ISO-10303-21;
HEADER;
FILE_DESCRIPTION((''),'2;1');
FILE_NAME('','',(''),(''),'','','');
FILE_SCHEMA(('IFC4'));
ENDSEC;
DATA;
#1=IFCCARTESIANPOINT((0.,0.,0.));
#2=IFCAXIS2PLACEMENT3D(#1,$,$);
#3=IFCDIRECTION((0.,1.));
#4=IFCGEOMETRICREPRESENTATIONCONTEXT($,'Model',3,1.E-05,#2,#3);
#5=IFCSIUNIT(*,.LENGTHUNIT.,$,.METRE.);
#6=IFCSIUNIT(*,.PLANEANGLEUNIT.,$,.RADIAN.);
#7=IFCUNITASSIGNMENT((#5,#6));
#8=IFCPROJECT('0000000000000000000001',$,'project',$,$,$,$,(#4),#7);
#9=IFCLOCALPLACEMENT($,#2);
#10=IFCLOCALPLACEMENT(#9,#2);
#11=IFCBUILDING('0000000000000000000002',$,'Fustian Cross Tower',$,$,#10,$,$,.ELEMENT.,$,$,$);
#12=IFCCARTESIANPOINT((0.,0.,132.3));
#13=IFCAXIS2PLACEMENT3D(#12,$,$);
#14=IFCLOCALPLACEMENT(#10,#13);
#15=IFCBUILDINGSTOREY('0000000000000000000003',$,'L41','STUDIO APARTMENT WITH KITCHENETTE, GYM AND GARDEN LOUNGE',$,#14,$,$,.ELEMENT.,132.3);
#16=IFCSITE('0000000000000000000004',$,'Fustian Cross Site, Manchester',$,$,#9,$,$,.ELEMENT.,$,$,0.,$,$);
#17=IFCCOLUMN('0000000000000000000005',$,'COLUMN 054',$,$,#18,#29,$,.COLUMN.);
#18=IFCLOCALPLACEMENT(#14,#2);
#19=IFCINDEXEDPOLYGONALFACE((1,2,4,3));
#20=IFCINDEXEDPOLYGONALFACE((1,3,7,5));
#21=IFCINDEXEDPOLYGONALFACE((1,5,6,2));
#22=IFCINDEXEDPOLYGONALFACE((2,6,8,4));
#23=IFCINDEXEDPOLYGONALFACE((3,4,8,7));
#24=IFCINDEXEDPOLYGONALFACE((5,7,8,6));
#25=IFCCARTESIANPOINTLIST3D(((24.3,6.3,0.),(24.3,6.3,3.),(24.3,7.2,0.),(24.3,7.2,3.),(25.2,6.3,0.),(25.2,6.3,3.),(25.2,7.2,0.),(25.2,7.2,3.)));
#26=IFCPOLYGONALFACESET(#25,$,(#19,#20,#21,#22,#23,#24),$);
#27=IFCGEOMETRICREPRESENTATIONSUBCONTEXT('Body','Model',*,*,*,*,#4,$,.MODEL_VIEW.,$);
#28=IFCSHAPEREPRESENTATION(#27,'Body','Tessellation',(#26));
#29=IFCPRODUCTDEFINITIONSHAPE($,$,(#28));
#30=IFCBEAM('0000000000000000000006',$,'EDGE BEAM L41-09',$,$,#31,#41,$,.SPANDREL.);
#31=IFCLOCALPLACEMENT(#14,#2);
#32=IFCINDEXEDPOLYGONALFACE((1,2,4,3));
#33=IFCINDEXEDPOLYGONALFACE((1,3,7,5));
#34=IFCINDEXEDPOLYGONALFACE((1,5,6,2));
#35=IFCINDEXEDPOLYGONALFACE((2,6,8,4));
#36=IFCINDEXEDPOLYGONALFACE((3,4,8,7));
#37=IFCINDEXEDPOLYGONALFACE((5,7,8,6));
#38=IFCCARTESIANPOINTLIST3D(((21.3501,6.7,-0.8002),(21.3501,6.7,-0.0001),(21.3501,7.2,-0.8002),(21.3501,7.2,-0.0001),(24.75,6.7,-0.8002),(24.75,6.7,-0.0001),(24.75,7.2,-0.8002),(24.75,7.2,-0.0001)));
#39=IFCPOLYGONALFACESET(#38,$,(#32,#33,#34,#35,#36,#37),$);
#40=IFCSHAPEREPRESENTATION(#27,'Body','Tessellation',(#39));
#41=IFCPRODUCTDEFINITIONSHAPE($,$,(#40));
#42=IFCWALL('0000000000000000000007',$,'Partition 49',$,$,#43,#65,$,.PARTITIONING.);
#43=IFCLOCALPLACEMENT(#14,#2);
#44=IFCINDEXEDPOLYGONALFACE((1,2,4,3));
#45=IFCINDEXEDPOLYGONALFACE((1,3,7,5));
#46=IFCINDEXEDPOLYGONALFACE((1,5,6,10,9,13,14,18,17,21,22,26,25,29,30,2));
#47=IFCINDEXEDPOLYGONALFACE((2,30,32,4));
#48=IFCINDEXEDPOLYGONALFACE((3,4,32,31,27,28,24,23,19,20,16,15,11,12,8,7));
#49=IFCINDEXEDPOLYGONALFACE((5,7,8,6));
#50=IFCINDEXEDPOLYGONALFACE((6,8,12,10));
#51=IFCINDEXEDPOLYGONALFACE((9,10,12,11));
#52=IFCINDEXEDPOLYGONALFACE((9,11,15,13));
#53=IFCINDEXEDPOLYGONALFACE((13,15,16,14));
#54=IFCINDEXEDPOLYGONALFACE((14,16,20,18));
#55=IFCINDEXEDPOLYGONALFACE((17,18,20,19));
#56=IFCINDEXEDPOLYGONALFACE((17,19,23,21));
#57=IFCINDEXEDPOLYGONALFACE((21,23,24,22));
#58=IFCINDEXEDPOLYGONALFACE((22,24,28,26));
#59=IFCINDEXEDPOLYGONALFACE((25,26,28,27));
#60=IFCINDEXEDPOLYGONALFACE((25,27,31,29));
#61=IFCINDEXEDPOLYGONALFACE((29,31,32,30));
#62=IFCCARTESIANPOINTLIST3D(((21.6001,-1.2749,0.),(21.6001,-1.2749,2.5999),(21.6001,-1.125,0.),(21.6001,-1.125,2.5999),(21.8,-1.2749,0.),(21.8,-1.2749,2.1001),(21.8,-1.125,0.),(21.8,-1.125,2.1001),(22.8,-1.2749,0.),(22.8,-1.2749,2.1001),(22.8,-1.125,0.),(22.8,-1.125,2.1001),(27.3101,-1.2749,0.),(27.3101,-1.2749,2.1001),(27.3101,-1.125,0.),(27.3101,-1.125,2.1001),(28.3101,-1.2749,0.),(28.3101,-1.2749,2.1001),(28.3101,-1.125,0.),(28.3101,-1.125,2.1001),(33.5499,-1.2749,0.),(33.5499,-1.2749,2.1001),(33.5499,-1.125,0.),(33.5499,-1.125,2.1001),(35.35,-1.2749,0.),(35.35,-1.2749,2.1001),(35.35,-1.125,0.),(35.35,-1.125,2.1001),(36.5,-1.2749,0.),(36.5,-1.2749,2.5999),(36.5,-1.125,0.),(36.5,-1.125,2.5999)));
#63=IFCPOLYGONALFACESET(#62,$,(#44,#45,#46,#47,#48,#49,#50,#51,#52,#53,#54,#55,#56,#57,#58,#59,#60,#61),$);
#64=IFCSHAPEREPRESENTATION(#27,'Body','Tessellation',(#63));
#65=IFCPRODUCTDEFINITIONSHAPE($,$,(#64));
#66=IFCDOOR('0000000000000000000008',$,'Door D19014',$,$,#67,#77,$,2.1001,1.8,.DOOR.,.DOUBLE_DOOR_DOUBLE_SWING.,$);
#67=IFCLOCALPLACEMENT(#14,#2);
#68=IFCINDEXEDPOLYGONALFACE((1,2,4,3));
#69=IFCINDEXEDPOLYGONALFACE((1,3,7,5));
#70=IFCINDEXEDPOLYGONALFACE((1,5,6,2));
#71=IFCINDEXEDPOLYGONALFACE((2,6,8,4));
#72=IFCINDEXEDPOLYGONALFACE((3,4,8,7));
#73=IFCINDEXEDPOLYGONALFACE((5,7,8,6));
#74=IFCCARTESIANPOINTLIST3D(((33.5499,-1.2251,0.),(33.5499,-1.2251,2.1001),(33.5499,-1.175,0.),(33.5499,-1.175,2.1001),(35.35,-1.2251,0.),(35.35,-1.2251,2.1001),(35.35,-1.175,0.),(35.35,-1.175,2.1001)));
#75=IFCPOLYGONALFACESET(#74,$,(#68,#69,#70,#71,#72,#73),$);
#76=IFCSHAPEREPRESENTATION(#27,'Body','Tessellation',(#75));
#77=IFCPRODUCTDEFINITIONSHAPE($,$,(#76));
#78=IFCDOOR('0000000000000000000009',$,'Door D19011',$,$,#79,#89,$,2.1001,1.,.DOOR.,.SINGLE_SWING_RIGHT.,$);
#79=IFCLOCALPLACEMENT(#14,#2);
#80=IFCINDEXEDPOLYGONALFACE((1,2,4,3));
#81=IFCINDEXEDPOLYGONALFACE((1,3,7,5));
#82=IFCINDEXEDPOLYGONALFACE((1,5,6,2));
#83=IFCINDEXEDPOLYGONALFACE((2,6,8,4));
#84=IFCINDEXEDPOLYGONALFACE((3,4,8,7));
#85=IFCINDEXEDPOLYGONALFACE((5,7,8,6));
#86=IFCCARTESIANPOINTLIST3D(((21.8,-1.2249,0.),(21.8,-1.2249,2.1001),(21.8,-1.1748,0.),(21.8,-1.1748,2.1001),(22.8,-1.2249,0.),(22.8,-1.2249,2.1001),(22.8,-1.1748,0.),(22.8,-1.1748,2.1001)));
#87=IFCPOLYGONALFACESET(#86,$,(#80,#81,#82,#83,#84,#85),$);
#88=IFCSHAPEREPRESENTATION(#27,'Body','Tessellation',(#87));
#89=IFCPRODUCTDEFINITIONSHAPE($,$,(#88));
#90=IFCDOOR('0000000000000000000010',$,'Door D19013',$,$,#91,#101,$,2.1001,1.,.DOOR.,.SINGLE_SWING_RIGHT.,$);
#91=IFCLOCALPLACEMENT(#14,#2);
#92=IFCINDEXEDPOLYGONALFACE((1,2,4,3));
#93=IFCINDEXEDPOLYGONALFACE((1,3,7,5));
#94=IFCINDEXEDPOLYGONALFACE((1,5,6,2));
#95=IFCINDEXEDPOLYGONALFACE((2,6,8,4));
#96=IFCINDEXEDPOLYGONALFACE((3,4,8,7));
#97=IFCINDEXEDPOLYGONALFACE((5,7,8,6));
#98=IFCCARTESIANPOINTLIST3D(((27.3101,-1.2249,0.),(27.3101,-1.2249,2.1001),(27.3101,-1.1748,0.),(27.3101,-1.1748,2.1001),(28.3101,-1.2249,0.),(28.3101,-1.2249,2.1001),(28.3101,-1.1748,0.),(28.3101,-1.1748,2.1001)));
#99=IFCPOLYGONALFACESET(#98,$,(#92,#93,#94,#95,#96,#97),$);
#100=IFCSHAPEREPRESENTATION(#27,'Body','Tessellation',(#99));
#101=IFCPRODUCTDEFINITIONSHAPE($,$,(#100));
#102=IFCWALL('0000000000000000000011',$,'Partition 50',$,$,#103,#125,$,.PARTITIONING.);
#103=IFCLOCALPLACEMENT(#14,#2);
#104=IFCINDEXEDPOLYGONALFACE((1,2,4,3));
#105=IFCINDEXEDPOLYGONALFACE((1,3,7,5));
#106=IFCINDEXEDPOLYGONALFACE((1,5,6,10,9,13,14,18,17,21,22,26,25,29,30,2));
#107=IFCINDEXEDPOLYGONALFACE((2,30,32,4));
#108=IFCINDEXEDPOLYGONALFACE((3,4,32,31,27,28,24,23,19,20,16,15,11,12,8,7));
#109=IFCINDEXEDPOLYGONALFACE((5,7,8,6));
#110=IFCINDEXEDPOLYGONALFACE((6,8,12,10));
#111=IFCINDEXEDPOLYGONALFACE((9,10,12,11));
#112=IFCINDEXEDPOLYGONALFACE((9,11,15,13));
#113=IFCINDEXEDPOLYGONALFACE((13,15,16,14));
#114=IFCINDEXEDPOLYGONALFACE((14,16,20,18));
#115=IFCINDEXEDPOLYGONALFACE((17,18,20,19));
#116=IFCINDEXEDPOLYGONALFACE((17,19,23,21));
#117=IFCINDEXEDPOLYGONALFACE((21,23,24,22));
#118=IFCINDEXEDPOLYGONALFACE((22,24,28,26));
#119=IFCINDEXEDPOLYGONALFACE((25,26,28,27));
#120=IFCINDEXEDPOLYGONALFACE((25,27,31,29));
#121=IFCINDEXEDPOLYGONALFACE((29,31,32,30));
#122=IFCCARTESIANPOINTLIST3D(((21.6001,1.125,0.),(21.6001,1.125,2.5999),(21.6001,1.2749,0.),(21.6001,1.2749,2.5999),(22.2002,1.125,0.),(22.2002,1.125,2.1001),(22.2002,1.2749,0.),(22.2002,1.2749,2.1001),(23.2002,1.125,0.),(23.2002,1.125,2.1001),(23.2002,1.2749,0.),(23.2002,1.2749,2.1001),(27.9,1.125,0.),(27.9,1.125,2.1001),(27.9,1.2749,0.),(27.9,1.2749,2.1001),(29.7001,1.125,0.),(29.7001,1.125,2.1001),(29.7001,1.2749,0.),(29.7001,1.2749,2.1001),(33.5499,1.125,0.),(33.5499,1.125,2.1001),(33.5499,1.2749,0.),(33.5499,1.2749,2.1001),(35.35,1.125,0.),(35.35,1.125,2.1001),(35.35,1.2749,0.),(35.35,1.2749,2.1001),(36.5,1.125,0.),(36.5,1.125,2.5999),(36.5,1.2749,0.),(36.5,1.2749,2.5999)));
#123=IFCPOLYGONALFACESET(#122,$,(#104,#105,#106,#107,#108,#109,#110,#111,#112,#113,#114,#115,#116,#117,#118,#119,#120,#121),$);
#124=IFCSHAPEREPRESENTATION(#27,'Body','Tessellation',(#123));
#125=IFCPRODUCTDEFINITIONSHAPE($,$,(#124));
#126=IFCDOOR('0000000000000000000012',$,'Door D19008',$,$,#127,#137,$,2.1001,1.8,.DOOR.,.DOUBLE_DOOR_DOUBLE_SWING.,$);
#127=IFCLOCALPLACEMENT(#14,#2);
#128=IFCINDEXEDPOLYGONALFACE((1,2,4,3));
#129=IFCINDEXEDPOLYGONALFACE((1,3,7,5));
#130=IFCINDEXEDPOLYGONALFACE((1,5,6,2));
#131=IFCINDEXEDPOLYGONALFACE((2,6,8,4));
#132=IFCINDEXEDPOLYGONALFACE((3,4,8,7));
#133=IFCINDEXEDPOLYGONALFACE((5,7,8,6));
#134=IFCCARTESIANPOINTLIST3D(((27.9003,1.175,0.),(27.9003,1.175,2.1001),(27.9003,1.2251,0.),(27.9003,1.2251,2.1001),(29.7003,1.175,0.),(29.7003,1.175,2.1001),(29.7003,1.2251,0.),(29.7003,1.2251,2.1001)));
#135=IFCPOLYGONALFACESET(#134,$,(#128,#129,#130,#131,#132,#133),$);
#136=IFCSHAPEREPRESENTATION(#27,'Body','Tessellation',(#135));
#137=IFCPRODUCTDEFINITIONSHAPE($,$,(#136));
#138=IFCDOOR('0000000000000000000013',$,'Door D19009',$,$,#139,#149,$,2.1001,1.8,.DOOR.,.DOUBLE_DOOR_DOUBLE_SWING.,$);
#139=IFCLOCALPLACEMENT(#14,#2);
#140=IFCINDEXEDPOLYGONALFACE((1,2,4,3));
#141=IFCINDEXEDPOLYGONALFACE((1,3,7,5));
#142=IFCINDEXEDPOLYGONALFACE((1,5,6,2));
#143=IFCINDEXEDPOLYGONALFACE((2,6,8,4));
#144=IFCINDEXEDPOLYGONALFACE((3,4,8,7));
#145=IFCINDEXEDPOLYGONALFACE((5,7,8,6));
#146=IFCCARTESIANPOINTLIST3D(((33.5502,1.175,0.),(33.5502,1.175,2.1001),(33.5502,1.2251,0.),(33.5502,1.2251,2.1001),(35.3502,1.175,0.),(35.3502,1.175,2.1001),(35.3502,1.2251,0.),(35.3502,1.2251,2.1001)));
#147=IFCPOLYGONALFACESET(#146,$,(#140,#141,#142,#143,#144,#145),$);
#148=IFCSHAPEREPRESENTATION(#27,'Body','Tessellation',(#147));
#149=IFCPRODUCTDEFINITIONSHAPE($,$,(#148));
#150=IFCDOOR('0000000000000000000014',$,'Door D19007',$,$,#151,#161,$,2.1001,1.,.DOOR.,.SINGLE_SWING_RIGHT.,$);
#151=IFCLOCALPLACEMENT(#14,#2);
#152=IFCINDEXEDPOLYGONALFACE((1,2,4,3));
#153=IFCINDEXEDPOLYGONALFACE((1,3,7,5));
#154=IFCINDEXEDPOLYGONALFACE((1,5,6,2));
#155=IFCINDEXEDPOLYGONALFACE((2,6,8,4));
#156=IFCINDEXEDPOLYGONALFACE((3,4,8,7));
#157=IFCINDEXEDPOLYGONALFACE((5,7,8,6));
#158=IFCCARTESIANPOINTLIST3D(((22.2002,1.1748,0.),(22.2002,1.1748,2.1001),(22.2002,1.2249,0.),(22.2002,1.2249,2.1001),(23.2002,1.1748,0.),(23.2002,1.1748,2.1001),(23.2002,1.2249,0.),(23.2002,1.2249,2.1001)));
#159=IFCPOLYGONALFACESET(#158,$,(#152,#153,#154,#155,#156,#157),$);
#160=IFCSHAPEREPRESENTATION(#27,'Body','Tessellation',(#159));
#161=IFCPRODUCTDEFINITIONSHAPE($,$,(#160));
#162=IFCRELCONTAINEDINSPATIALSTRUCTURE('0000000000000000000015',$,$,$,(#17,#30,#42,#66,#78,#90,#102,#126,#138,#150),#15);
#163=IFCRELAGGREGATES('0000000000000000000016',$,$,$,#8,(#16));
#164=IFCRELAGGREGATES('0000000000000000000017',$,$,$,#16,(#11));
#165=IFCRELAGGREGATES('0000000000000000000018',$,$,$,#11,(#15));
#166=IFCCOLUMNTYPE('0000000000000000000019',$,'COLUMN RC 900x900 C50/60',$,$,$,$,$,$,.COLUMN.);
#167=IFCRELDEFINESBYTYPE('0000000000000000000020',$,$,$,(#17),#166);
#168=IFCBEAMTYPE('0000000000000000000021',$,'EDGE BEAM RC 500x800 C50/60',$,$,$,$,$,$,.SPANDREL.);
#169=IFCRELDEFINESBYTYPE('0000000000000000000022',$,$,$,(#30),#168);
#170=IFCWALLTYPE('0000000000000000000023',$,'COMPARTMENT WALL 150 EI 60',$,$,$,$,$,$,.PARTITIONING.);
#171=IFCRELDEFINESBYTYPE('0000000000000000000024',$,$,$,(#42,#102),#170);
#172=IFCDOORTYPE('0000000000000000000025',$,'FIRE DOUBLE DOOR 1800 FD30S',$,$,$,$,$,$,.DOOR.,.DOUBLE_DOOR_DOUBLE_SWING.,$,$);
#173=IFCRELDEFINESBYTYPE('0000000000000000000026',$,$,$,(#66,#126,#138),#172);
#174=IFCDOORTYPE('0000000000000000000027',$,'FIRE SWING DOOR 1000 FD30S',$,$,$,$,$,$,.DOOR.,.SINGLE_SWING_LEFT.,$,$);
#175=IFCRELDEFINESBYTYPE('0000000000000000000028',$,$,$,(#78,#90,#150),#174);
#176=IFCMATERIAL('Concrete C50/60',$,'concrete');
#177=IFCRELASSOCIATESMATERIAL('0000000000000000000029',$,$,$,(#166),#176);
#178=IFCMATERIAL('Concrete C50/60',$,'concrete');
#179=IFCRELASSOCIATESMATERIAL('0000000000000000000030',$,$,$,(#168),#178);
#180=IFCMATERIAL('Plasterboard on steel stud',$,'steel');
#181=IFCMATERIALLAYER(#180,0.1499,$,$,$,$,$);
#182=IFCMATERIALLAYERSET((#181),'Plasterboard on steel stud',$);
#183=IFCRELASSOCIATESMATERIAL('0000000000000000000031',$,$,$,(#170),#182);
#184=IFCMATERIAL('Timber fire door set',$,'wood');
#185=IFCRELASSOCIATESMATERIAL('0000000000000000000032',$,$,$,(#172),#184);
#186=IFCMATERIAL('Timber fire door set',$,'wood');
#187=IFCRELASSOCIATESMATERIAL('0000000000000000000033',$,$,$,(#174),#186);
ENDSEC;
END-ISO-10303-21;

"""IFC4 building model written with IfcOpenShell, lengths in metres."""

from ifc_helpers import new_model, si_unit, direction, frame, frame_2d, origin, origin_2d, place, context, subcontext, project, spatial, rectangle, extrude, material, layer, layer_set, material_profile, profile_set, type_object, element, fill, save


model = new_model("IFC4")

# Units and contexts
model_context = context("Model", 3, precision=1e-05, world=origin(), true_north=direction((0.0, 1.0)))
body_context = subcontext(model_context, "Body", "Model", "MODEL_VIEW")
ifc_project = project(units=[si_unit("LENGTHUNIT", "METRE"), si_unit("PLANEANGLEUNIT", "RADIAN")], contexts=[model_context])

# Site, building, storey
site_placement = place(None, origin())
site = spatial("IfcSite", under=ifc_project, at=site_placement, Name="Fustian Cross Site, Manchester", CompositionType="ELEMENT", RefElevation=0.0)
building_placement = place(site_placement, origin())
building = spatial("IfcBuilding", under=site, at=building_placement, Name="Fustian Cross Tower", CompositionType="ELEMENT")
storey_placement = place(building_placement, frame((0.0, 0.0, 132.3)))
storey = spatial("IfcBuildingStorey", under=building, at=storey_placement, Name="L41", Description="STUDIO APARTMENT WITH KITCHENETTE, GYM AND GARDEN LOUNGE", CompositionType="ELEMENT", Elevation=132.3)

# Column
ifc_material_1 = material(Name="Concrete C50/60", Category="concrete")
ifc_material_profile_1 = material_profile(ifc_material_1, rectangle(XDim=0.8999, YDim=0.8999, at=origin_2d()), Name="RC 900x900")
ifc_profile_set_1 = profile_set([ifc_material_profile_1], Name="Concrete C50/60")
column_type = type_object("IfcColumnType", Name="COLUMN RC 900x900 C50/60", PredefinedType="COLUMN", material=ifc_profile_set_1)
column_placement = place(storey_placement, frame((24.75, 6.75, 0.0), z_axis=(0.0, 0.0, 1.0), x_axis=(1.0, 0.0, 0.0)))
element("IfcColumn", 1, at=column_placement, inside=storey, type_object=column_type, Name="COLUMN 054", PredefinedType="COLUMN", context=body_context, shape_type="SweptSolid", body=[
    extrude(rectangle(XDim=0.8999, YDim=0.8999, at=origin_2d()), origin(), (0.0, 0.0, 1.0), 3.0),
])

# Beam
ifc_material_2 = material(Name="Concrete C50/60", Category="concrete")
ifc_material_profile_2 = material_profile(ifc_material_2, rectangle(XDim=0.5, YDim=0.8, at=origin_2d()), Name="RC 500x800")
ifc_profile_set_2 = profile_set([ifc_material_profile_2], Name="Concrete C50/60")
beam_type = type_object("IfcBeamType", Name="EDGE BEAM RC 500x800 C50/60", PredefinedType="SPANDREL", material=ifc_profile_set_2)
beam_placement = place(storey_placement, frame((24.75, 6.95, -0.4001), z_axis=(-1.0, 0.0, 0.0), x_axis=(0.0, -1.0, 0.0)))
element("IfcBeam", 2, at=beam_placement, inside=storey, type_object=beam_type, Name="EDGE BEAM L41-09", PredefinedType="SPANDREL", context=body_context, shape_type="SweptSolid", body=[
    extrude(rectangle(XDim=0.5, YDim=0.8, at=origin_2d()), origin(), (0.0, 0.0, 1.0), 3.3999),
])

# Walls, openings, doors
ifc_material_3 = material(Name="Plasterboard on steel stud", Category="steel")
ifc_layer_1 = layer(ifc_material_3, 0.1499)
ifc_layer_set_1 = layer_set([ifc_layer_1], Name="Plasterboard on steel stud")
wall_type_1 = type_object("IfcWallType", Name="COMPARTMENT WALL 150 EI 60", PredefinedType="PARTITIONING", material=ifc_layer_set_1)
wall_1_placement = place(storey_placement, frame((21.6001, -1.2, 0.0), z_axis=(0.0, 0.0, 1.0), x_axis=(1.0, 0.0, 0.0)))
wall_1 = element("IfcWall", 3, at=wall_1_placement, inside=storey, type_object=wall_type_1, Name="Partition 49", PredefinedType="PARTITIONING", context=body_context, shape_type="SweptSolid", body=[
    extrude(rectangle(XDim=14.8999, YDim=0.1499, at=frame_2d((7.45, 0.0))), origin(), (0.0, 0.0, 1.0), 2.5999),
])
opening_1_placement = place(wall_1_placement, frame((0.2, 0.0, 0.0)))
opening_1 = element("IfcOpeningElement", 4, at=opening_1_placement, cuts=wall_1, PredefinedType="OPENING", context=body_context, shape_type="SweptSolid", body=[
    extrude(rectangle(XDim=1.0, YDim=2.1001, at=frame_2d((0.5, 1.05))), frame((0.0, 0.085, 0.0), z_axis=(0.0, -1.0, 0.0), x_axis=(1.0, 0.0, 0.0)), (0.0, 0.0, 1.0), 0.1699),
])
opening_2_placement = place(wall_1_placement, frame((5.71, 0.0, 0.0)))
opening_2 = element("IfcOpeningElement", 5, at=opening_2_placement, cuts=wall_1, PredefinedType="OPENING", context=body_context, shape_type="SweptSolid", body=[
    extrude(rectangle(XDim=1.0, YDim=2.1001, at=frame_2d((0.5, 1.05))), frame((0.0, 0.085, 0.0), z_axis=(0.0, -1.0, 0.0), x_axis=(1.0, 0.0, 0.0)), (0.0, 0.0, 1.0), 0.1699),
])
opening_3_placement = place(wall_1_placement, frame((11.95, 0.0, 0.0)))
opening_3 = element("IfcOpeningElement", 6, at=opening_3_placement, cuts=wall_1, PredefinedType="OPENING", context=body_context, shape_type="SweptSolid", body=[
    extrude(rectangle(XDim=1.8, YDim=2.1001, at=frame_2d((0.8999, 1.05))), frame((0.0, 0.085, 0.0), z_axis=(0.0, -1.0, 0.0), x_axis=(1.0, 0.0, 0.0)), (0.0, 0.0, 1.0), 0.1699),
])
ifc_material_4 = material(Name="Timber fire door set", Category="wood")
door_type_1 = type_object("IfcDoorType", Name="FIRE DOUBLE DOOR 1800 FD30S", OperationType="DOUBLE_DOOR_DOUBLE_SWING", PredefinedType="DOOR", material=ifc_material_4)
door_1_placement = place(opening_3_placement, origin())
door_1 = element("IfcDoor", 7, at=door_1_placement, inside=storey, type_object=door_type_1, Name="Door D19014", OperationType="DOUBLE_DOOR_DOUBLE_SWING", OverallHeight=2.1001, OverallWidth=1.8, PredefinedType="DOOR", context=body_context, shape_type="SweptSolid", body=[
    extrude(rectangle(XDim=1.8, YDim=2.1001, at=frame_2d((0.8999, 1.05))), frame((0.0, 0.0249, 0.0), z_axis=(0.0, -1.0, 0.0), x_axis=(1.0, 0.0, 0.0)), (0.0, 0.0, 1.0), 0.05),
])
fill(opening_3, door_1)
ifc_material_5 = material(Name="Timber fire door set", Category="wood")
door_type_2 = type_object("IfcDoorType", Name="FIRE SWING DOOR 1000 FD30S", OperationType="SINGLE_SWING_LEFT", PredefinedType="DOOR", material=ifc_material_5)
door_2_placement = place(opening_1_placement, frame((1.0, 0.0, 0.0), z_axis=(0.0, 0.0, 1.0), x_axis=(-1.0, 0.0, 0.0)))
door_2 = element("IfcDoor", 8, at=door_2_placement, inside=storey, type_object=door_type_2, Name="Door D19011", OperationType="SINGLE_SWING_RIGHT", OverallHeight=2.1001, OverallWidth=1.0, PredefinedType="DOOR", context=body_context, shape_type="SweptSolid", body=[
    extrude(rectangle(XDim=1.0, YDim=2.1001, at=frame_2d((0.5, 1.05))), frame((0.0, 0.0249, 0.0), z_axis=(0.0, -1.0, 0.0), x_axis=(1.0, 0.0, 0.0)), (0.0, 0.0, 1.0), 0.05),
])
fill(opening_1, door_2)
door_3_placement = place(opening_2_placement, frame((1.0, 0.0, 0.0), z_axis=(0.0, 0.0, 1.0), x_axis=(-1.0, 0.0, 0.0)))
door_3 = element("IfcDoor", 9, at=door_3_placement, inside=storey, type_object=door_type_2, Name="Door D19013", OperationType="SINGLE_SWING_RIGHT", OverallHeight=2.1001, OverallWidth=1.0, PredefinedType="DOOR", context=body_context, shape_type="SweptSolid", body=[
    extrude(rectangle(XDim=1.0, YDim=2.1001, at=frame_2d((0.5, 1.05))), frame((0.0, 0.0249, 0.0), z_axis=(0.0, -1.0, 0.0), x_axis=(1.0, 0.0, 0.0)), (0.0, 0.0, 1.0), 0.05),
])
fill(opening_2, door_3)
wall_2_placement = place(storey_placement, frame((21.6001, 1.2, 0.0), z_axis=(0.0, 0.0, 1.0), x_axis=(1.0, 0.0, 0.0)))
wall_2 = element("IfcWall", 10, at=wall_2_placement, inside=storey, type_object=wall_type_1, Name="Partition 50", PredefinedType="PARTITIONING", context=body_context, shape_type="SweptSolid", body=[
    extrude(rectangle(XDim=14.8999, YDim=0.1499, at=frame_2d((7.45, 0.0))), origin(), (0.0, 0.0, 1.0), 2.5999),
])
opening_4_placement = place(wall_2_placement, frame((0.6001, 0.0, 0.0)))
opening_4 = element("IfcOpeningElement", 11, at=opening_4_placement, cuts=wall_2, PredefinedType="OPENING", context=body_context, shape_type="SweptSolid", body=[
    extrude(rectangle(XDim=1.0, YDim=2.1001, at=frame_2d((0.5, 1.05))), frame((0.0, 0.085, 0.0), z_axis=(0.0, -1.0, 0.0), x_axis=(1.0, 0.0, 0.0)), (0.0, 0.0, 1.0), 0.1699),
])
opening_5_placement = place(wall_2_placement, frame((6.3, 0.0, 0.0)))
opening_5 = element("IfcOpeningElement", 12, at=opening_5_placement, cuts=wall_2, PredefinedType="OPENING", context=body_context, shape_type="SweptSolid", body=[
    extrude(rectangle(XDim=1.8, YDim=2.1001, at=frame_2d((0.8999, 1.05))), frame((0.0, 0.085, 0.0), z_axis=(0.0, -1.0, 0.0), x_axis=(1.0, 0.0, 0.0)), (0.0, 0.0, 1.0), 0.1699),
])
opening_6_placement = place(wall_2_placement, frame((11.95, 0.0, 0.0)))
opening_6 = element("IfcOpeningElement", 13, at=opening_6_placement, cuts=wall_2, PredefinedType="OPENING", context=body_context, shape_type="SweptSolid", body=[
    extrude(rectangle(XDim=1.8, YDim=2.1001, at=frame_2d((0.8999, 1.05))), frame((0.0, 0.085, 0.0), z_axis=(0.0, -1.0, 0.0), x_axis=(1.0, 0.0, 0.0)), (0.0, 0.0, 1.0), 0.1699),
])
door_4_placement = place(opening_5_placement, frame((1.8, 0.0, 0.0), z_axis=(0.0, 0.0, 1.0), x_axis=(-1.0, 0.0, 0.0)))
door_4 = element("IfcDoor", 14, at=door_4_placement, inside=storey, type_object=door_type_1, Name="Door D19008", OperationType="DOUBLE_DOOR_DOUBLE_SWING", OverallHeight=2.1001, OverallWidth=1.8, PredefinedType="DOOR", context=body_context, shape_type="SweptSolid", body=[
    extrude(rectangle(XDim=1.8, YDim=2.1001, at=frame_2d((0.8999, 1.05))), frame((0.0, 0.0249, 0.0), z_axis=(0.0, -1.0, 0.0), x_axis=(1.0, 0.0, 0.0)), (0.0, 0.0, 1.0), 0.05),
])
fill(opening_5, door_4)
door_5_placement = place(opening_6_placement, frame((1.8, 0.0, 0.0), z_axis=(0.0, 0.0, 1.0), x_axis=(-1.0, 0.0, 0.0)))
door_5 = element("IfcDoor", 15, at=door_5_placement, inside=storey, type_object=door_type_1, Name="Door D19009", OperationType="DOUBLE_DOOR_DOUBLE_SWING", OverallHeight=2.1001, OverallWidth=1.8, PredefinedType="DOOR", context=body_context, shape_type="SweptSolid", body=[
    extrude(rectangle(XDim=1.8, YDim=2.1001, at=frame_2d((0.8999, 1.05))), frame((0.0, 0.0249, 0.0), z_axis=(0.0, -1.0, 0.0), x_axis=(1.0, 0.0, 0.0)), (0.0, 0.0, 1.0), 0.05),
])
fill(opening_6, door_5)
door_6_placement = place(opening_4_placement, origin())
door_6 = element("IfcDoor", 16, at=door_6_placement, inside=storey, type_object=door_type_2, Name="Door D19007", OperationType="SINGLE_SWING_RIGHT", OverallHeight=2.1001, OverallWidth=1.0, PredefinedType="DOOR", context=body_context, shape_type="SweptSolid", body=[
    extrude(rectangle(XDim=1.0, YDim=2.1001, at=frame_2d((0.5, 1.05))), frame((0.0, 0.0249, 0.0), z_axis=(0.0, -1.0, 0.0), x_axis=(1.0, 0.0, 0.0)), (0.0, 0.0, 1.0), 0.05),
])
fill(opening_4, door_6)

save(model, "model.ifc")
